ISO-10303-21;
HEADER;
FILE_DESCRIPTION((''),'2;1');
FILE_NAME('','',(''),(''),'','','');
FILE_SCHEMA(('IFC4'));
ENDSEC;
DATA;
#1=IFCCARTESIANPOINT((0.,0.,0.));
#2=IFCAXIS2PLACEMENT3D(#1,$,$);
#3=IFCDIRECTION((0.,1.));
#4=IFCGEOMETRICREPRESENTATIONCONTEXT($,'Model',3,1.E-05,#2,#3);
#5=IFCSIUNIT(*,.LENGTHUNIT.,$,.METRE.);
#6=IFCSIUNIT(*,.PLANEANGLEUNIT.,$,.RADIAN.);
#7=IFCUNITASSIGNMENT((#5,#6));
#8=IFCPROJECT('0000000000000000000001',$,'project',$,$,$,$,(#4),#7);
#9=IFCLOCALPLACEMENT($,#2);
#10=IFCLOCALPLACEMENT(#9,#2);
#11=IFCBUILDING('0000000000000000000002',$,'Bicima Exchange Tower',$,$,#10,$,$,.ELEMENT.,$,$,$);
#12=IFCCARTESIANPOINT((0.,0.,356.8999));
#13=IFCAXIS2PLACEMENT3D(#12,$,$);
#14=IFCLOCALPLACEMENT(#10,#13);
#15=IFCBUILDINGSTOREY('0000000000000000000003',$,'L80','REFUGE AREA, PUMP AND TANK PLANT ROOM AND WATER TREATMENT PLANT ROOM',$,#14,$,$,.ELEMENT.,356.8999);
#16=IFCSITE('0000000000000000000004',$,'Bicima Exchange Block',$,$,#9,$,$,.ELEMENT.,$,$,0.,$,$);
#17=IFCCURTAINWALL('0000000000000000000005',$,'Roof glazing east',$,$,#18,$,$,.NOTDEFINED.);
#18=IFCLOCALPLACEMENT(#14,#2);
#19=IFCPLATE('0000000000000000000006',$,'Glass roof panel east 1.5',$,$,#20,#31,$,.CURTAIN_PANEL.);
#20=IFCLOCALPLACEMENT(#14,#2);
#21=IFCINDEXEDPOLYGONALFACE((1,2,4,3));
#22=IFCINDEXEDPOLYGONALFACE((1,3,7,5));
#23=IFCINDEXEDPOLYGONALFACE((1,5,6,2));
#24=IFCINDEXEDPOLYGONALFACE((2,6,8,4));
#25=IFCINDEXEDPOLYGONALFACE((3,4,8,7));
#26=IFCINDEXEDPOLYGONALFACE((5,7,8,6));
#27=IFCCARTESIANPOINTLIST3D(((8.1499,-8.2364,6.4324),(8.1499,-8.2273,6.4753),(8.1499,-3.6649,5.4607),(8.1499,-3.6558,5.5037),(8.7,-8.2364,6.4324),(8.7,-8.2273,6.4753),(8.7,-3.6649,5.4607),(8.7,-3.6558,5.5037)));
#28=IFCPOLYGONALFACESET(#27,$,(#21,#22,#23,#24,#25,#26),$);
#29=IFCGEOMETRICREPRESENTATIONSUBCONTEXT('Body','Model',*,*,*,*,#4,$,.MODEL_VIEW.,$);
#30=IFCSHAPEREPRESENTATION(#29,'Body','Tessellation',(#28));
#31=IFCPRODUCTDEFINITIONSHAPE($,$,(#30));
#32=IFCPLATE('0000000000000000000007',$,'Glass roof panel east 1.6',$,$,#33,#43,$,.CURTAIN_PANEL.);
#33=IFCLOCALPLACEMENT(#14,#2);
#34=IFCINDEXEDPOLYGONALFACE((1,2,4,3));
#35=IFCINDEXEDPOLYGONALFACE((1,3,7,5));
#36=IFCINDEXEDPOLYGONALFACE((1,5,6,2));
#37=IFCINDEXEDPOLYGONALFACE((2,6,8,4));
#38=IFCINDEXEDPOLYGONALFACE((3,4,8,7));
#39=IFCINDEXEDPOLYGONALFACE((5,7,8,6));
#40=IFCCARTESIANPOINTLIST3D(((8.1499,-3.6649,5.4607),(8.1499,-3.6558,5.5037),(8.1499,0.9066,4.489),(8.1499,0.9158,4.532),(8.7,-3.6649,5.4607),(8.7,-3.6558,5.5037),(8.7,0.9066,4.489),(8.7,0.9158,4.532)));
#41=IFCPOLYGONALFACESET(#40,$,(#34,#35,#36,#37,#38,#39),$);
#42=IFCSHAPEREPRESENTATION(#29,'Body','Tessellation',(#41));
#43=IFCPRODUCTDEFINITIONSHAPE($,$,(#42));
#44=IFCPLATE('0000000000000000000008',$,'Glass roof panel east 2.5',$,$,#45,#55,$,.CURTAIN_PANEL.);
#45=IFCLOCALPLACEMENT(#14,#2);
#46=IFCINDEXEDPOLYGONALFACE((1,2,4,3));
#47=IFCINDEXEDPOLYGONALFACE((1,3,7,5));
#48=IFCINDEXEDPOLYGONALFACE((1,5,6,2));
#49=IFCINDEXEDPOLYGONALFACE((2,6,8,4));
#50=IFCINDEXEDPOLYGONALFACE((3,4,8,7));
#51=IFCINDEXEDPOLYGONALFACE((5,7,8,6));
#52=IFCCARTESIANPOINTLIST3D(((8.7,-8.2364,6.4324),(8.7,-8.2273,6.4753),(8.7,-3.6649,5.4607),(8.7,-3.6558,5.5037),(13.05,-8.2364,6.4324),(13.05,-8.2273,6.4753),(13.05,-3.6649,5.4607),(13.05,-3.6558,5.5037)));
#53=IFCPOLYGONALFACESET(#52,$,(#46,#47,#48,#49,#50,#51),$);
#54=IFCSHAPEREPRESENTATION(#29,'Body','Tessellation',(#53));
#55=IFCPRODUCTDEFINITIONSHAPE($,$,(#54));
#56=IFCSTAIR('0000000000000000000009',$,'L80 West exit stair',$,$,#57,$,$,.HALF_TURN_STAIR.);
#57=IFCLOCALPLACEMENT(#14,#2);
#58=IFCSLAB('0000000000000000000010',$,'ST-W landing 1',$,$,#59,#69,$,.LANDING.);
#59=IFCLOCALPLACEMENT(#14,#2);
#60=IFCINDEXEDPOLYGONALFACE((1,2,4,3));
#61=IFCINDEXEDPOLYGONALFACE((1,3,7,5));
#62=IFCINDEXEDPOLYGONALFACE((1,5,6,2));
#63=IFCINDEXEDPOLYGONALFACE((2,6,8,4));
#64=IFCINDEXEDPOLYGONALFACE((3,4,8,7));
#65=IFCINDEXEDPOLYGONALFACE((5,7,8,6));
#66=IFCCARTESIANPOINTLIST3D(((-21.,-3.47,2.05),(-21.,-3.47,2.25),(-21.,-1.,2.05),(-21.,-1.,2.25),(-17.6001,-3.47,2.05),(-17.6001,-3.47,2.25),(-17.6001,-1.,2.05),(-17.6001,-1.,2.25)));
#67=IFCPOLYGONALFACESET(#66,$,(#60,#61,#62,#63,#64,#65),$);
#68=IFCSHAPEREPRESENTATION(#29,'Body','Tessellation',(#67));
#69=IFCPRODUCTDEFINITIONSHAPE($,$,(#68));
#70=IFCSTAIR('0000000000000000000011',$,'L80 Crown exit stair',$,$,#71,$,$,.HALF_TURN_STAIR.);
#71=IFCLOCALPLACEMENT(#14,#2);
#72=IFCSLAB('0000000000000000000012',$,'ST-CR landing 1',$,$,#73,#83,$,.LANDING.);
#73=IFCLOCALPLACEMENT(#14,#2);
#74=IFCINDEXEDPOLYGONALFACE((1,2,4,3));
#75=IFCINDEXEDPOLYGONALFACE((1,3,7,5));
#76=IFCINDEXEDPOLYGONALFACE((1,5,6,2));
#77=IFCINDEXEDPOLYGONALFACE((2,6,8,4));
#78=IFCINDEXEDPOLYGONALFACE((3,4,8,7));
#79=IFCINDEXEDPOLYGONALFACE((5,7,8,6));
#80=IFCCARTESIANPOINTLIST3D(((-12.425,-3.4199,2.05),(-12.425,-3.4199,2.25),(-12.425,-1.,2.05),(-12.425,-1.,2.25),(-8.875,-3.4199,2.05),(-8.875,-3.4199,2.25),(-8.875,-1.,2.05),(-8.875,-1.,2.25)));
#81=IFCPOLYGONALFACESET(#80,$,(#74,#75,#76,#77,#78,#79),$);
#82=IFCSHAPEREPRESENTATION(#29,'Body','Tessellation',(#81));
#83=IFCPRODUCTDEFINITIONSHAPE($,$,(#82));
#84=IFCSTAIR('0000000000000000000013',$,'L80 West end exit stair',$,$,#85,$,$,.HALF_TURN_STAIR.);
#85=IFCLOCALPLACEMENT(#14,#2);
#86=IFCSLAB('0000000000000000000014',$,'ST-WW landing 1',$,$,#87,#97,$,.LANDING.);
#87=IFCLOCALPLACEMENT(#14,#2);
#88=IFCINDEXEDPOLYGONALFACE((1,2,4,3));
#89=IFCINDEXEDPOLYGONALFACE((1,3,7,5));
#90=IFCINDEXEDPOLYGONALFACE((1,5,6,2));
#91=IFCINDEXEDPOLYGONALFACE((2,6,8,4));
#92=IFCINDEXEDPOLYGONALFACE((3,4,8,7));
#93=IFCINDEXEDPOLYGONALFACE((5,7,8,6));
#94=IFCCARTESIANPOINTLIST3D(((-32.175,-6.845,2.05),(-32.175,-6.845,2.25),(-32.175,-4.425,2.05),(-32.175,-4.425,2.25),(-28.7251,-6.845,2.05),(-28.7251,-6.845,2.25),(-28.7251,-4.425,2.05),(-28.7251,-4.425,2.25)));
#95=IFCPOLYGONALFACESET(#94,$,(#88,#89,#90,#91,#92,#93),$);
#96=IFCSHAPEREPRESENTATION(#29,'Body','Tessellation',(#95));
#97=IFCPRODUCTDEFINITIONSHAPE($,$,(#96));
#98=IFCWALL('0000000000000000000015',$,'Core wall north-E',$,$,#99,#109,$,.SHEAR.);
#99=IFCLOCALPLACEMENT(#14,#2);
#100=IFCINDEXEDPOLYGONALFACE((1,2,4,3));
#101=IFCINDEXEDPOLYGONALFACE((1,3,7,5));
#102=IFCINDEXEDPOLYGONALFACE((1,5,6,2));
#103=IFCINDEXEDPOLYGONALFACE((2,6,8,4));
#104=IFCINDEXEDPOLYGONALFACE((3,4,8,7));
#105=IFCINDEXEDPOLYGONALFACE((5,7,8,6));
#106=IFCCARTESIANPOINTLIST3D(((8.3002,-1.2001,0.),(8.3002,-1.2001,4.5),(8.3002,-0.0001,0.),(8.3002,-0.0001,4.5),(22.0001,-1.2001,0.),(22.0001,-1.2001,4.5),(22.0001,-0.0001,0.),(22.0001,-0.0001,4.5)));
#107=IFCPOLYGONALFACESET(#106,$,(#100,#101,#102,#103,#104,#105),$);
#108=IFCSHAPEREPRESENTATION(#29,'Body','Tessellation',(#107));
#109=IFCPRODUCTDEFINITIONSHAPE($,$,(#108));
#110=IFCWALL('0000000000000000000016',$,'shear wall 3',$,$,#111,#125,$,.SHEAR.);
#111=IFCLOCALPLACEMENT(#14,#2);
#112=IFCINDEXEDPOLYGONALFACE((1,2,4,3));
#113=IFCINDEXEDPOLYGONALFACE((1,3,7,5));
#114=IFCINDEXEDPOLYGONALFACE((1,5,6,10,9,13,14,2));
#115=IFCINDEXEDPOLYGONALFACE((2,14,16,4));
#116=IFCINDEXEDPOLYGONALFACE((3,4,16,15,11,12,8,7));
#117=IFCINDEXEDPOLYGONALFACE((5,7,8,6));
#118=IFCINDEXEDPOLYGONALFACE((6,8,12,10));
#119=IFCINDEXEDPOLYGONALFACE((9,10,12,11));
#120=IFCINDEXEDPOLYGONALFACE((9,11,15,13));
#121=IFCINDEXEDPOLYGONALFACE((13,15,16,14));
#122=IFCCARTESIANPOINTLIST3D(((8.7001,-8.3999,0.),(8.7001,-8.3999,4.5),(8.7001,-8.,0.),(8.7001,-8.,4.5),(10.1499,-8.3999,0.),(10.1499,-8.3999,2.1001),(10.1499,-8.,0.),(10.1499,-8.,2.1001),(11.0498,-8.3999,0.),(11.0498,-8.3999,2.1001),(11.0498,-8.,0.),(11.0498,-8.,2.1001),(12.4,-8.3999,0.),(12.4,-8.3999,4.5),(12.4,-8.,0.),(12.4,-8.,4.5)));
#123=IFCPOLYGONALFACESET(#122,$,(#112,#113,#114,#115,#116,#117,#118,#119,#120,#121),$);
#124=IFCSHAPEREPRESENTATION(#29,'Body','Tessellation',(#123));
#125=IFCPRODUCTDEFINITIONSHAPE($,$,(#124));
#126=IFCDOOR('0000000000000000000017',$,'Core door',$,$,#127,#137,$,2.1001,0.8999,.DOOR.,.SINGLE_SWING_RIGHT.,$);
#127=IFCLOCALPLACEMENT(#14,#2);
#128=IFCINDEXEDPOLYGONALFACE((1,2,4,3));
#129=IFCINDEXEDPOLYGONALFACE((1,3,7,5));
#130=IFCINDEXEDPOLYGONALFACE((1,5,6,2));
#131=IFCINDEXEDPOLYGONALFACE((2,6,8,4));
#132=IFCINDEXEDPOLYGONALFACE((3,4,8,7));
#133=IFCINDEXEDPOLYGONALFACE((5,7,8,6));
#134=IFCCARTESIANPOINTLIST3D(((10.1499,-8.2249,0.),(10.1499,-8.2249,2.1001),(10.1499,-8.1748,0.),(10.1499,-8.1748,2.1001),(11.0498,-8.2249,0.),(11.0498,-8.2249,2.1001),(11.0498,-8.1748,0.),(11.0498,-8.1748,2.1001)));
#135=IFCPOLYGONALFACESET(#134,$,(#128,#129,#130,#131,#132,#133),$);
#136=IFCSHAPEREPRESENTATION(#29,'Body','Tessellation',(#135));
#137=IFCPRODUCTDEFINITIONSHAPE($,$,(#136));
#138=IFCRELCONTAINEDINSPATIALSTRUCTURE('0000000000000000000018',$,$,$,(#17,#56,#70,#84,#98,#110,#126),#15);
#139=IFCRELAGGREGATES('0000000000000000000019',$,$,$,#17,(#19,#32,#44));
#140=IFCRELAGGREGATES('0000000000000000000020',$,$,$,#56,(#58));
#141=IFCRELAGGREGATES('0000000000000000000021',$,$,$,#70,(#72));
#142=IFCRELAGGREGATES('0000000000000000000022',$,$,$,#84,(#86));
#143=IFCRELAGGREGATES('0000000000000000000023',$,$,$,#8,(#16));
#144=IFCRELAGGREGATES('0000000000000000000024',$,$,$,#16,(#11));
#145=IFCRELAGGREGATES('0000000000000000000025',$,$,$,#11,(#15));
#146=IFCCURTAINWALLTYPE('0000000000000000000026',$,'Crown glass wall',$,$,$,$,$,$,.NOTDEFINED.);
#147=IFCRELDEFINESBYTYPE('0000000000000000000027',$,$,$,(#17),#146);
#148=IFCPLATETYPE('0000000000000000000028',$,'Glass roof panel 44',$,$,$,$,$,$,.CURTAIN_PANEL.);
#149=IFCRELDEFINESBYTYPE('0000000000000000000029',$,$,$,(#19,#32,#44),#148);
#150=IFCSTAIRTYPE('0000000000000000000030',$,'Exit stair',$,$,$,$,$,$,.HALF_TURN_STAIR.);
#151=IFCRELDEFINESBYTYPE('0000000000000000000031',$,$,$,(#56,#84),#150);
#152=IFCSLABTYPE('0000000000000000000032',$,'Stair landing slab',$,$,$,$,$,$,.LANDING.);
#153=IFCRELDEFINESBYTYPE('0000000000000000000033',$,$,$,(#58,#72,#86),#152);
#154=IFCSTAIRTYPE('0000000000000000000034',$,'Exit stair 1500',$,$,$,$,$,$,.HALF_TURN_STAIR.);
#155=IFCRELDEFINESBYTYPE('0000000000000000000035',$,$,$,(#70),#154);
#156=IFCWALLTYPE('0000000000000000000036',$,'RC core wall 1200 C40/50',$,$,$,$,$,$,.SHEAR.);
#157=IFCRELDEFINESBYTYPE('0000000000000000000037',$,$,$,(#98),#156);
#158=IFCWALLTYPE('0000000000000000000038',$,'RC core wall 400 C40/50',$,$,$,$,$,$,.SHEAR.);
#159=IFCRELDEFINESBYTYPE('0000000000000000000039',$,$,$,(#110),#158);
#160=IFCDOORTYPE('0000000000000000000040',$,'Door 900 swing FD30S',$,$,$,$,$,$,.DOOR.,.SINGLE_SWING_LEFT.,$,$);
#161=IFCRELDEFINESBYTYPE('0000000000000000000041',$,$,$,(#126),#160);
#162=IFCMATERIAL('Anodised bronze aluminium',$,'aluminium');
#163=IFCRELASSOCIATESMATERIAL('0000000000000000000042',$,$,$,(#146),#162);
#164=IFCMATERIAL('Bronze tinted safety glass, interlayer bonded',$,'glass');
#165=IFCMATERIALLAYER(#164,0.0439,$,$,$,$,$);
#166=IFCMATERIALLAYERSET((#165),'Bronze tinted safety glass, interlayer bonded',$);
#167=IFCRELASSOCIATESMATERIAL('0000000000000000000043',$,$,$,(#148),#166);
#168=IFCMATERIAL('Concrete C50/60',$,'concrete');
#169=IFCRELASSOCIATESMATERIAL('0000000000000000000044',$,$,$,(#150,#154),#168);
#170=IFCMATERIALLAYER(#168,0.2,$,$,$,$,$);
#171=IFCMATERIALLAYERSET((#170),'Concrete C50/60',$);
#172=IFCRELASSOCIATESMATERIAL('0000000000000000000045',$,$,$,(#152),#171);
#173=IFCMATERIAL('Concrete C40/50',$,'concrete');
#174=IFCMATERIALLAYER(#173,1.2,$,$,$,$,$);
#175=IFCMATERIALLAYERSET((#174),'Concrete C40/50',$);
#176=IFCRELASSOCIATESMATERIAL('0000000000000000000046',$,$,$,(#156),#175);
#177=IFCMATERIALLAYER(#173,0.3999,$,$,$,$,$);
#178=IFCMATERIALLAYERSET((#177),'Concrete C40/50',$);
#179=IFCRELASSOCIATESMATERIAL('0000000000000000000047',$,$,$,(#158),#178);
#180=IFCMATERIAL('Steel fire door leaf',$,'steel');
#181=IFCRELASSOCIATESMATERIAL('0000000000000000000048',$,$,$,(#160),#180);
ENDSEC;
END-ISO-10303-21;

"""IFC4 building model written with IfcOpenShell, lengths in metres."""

from ifc_helpers import new_model, si_unit, direction, frame, frame_2d, origin, place, context, subcontext, project, spatial, polyline, rectangle, outline, extrude, material, layer, layer_set, type_object, element, fill, aggregate, save


model = new_model("IFC4")

# Units and contexts
model_context = context("Model", 3, precision=1e-05, world=origin(), true_north=direction((0.0, 1.0)))
body_context = subcontext(model_context, "Body", "Model", "MODEL_VIEW")
ifc_project = project(units=[si_unit("LENGTHUNIT", "METRE"), si_unit("PLANEANGLEUNIT", "RADIAN")], contexts=[model_context])

# Site, building, storey
site_placement = place(None, origin())
site = spatial("IfcSite", under=ifc_project, at=site_placement, Name="Bicima Exchange Block", CompositionType="ELEMENT", RefElevation=0.0)
building_placement = place(site_placement, origin())
building = spatial("IfcBuilding", under=site, at=building_placement, Name="Bicima Exchange Tower", CompositionType="ELEMENT")
storey_placement = place(building_placement, frame((0.0, 0.0, 356.8999)))
storey = spatial("IfcBuildingStorey", under=building, at=storey_placement, Name="L80", Description="REFUGE AREA, PUMP AND TANK PLANT ROOM AND WATER TREATMENT PLANT ROOM", CompositionType="ELEMENT", Elevation=356.8999)

# Shared definitions
ifc_material_1 = material(Name="Anodised bronze aluminium", Category="aluminium")
curtain_wall_type = type_object("IfcCurtainWallType", Name="Crown glass wall", PredefinedType="NOTDEFINED", material=ifc_material_1)

# Curtain wall
curtain_wall_1_placement = place(storey_placement, origin())
curtain_wall_1 = element("IfcCurtainWall", 1, at=curtain_wall_1_placement, inside=storey, type_object=curtain_wall_type, Name="Roof glazing east", PredefinedType="NOTDEFINED")

# Shared definitions
ifc_material_2 = material(Name="Concrete C40/50", Category="concrete")

# Plates
ifc_material_3 = material(Name="Bronze tinted safety glass, interlayer bonded", Category="glass")
ifc_layer_1 = layer(ifc_material_3, 0.0439)
ifc_layer_set_1 = layer_set([ifc_layer_1], Name="Bronze tinted safety glass, interlayer bonded")
plate_type_1 = type_object("IfcPlateType", Name="Glass roof panel 44", PredefinedType="CURTAIN_PANEL", material=ifc_layer_set_1)
plate_1_placement = place(storey_placement, frame((8.1499, -3.6558, 5.5037), z_axis=(0.0, 0.207906, 0.978149), x_axis=(1.0, 0.0, 0.0)))
plate_1 = element("IfcPlate", 2, at=plate_1_placement, type_object=plate_type_1, Name="Glass roof panel east 1.5", PredefinedType="CURTAIN_PANEL", context=body_context, shape_type="SweptSolid", body=[
    extrude(outline(polyline([(0.0, 0.0), (0.55, 0.0), (0.55, -4.6737), (0.0, -4.6737), (0.0, 0.0)])), origin(), (0.0, 0.0, -1.0), 0.0439),
])
plate_2_placement = place(storey_placement, frame((8.7, 0.9158, 4.532), z_axis=(0.0, 0.207906, 0.978149), x_axis=(0.0, -0.978149, 0.207906)))
plate_2 = element("IfcPlate", 3, at=plate_2_placement, type_object=plate_type_1, Name="Glass roof panel east 1.6", PredefinedType="CURTAIN_PANEL", context=body_context, shape_type="SweptSolid", body=[
    extrude(outline(polyline([(0.0, 0.0), (4.6737, 0.0), (4.6737, -0.55), (0.0, -0.55), (0.0, 0.0)])), origin(), (0.0, 0.0, -1.0), 0.0439),
])
plate_3_placement = place(storey_placement, frame((8.7, -8.2273, 6.4753), z_axis=(0.0, 0.207906, 0.978149), x_axis=(0.0, 0.978149, -0.207906)))
plate_3 = element("IfcPlate", 4, at=plate_3_placement, type_object=plate_type_1, Name="Glass roof panel east 2.5", PredefinedType="CURTAIN_PANEL", context=body_context, shape_type="SweptSolid", body=[
    extrude(outline(polyline([(0.0, 0.0), (4.6737, 0.0), (4.6737, -4.3501), (0.0, -4.3501), (0.0, 0.0)])), origin(), (0.0, 0.0, -1.0), 0.0439),
])
aggregate(curtain_wall_1, [plate_1, plate_2, plate_3])

# Stairs, slabs
ifc_material_4 = material(Name="Concrete C50/60", Category="concrete")
stair_type_1 = type_object("IfcStairType", Name="Exit stair", PredefinedType="HALF_TURN_STAIR", material=ifc_material_4)
stair_1_placement = place(storey_placement, origin())
stair_1 = element("IfcStair", 5, at=stair_1_placement, inside=storey, type_object=stair_type_1, Name="L80 West exit stair", PredefinedType="HALF_TURN_STAIR")
ifc_layer_2 = layer(ifc_material_4, 0.2)
ifc_layer_set_2 = layer_set([ifc_layer_2], Name="Concrete C50/60")
slab_type_1 = type_object("IfcSlabType", Name="Stair landing slab", PredefinedType="LANDING", material=ifc_layer_set_2)
slab_1_placement = place(storey_placement, frame((0.0, 0.0, 2.05)))
slab_1 = element("IfcSlab", 6, at=slab_1_placement, type_object=slab_type_1, Name="ST-W landing 1", PredefinedType="LANDING", context=body_context, shape_type="SweptSolid", body=[
    extrude(outline(polyline([(-17.6001, -3.47), (-17.6001, -1.0), (-21.0, -1.0), (-21.0, -3.47), (-17.6001, -3.47)])), origin(), (0.0, 0.0, 1.0), 0.2),
])
aggregate(stair_1, [slab_1])
stair_type_2 = type_object("IfcStairType", Name="Exit stair 1500", PredefinedType="HALF_TURN_STAIR", material=ifc_material_4)
stair_2_placement = place(storey_placement, origin())
stair_2 = element("IfcStair", 7, at=stair_2_placement, inside=storey, type_object=stair_type_2, Name="L80 Crown exit stair", PredefinedType="HALF_TURN_STAIR")
slab_2_placement = place(storey_placement, frame((0.0, 0.0, 2.05)))
slab_2 = element("IfcSlab", 8, at=slab_2_placement, type_object=slab_type_1, Name="ST-CR landing 1", PredefinedType="LANDING", context=body_context, shape_type="SweptSolid", body=[
    extrude(outline(polyline([(-8.875, -3.4199), (-8.875, -1.0), (-12.425, -1.0), (-12.425, -3.4199), (-8.875, -3.4199)])), origin(), (0.0, 0.0, 1.0), 0.2),
])
aggregate(stair_2, [slab_2])
stair_3_placement = place(storey_placement, origin())
stair_3 = element("IfcStair", 9, at=stair_3_placement, inside=storey, type_object=stair_type_1, Name="L80 West end exit stair", PredefinedType="HALF_TURN_STAIR")
slab_3_placement = place(storey_placement, frame((0.0, 0.0, 2.05)))
slab_3 = element("IfcSlab", 10, at=slab_3_placement, type_object=slab_type_1, Name="ST-WW landing 1", PredefinedType="LANDING", context=body_context, shape_type="SweptSolid", body=[
    extrude(outline(polyline([(-28.7251, -6.845), (-28.7251, -4.425), (-32.175, -4.425), (-32.175, -6.845), (-28.7251, -6.845)])), origin(), (0.0, 0.0, 1.0), 0.2),
])
aggregate(stair_3, [slab_3])

# Wall
ifc_layer_3 = layer(ifc_material_2, 1.2)
ifc_layer_set_3 = layer_set([ifc_layer_3], Name="Concrete C40/50")
wall_type_1 = type_object("IfcWallType", Name="RC core wall 1200 C40/50", PredefinedType="SHEAR", material=ifc_layer_set_3)
wall_1_placement = place(storey_placement, frame((8.3, -0.6001, 0.0), z_axis=(0.0, 0.0, 1.0), x_axis=(1.0, 0.0, 0.0)))
element("IfcWall", 11, at=wall_1_placement, inside=storey, type_object=wall_type_1, Name="Core wall north-E", PredefinedType="SHEAR", context=body_context, shape_type="SweptSolid", body=[
    extrude(rectangle(XDim=13.7, YDim=1.2, at=frame_2d((6.8501, 0.0))), origin(), (0.0, 0.0, 1.0), 4.5),
])

# Wall, opening, door
ifc_layer_4 = layer(ifc_material_2, 0.3999)
ifc_layer_set_4 = layer_set([ifc_layer_4], Name="Concrete C40/50")
wall_type_2 = type_object("IfcWallType", Name="RC core wall 400 C40/50", PredefinedType="SHEAR", material=ifc_layer_set_4)
wall_2_placement = place(storey_placement, frame((8.7, -8.2, 0.0), z_axis=(0.0, 0.0, 1.0), x_axis=(1.0, 0.0, 0.0)))
wall_2 = element("IfcWall", 12, at=wall_2_placement, inside=storey, type_object=wall_type_2, Name="shear wall 3", PredefinedType="SHEAR", context=body_context, shape_type="SweptSolid", body=[
    extrude(rectangle(XDim=3.7, YDim=0.3999, at=frame_2d((1.8501, 0.0))), origin(), (0.0, 0.0, 1.0), 4.5),
])
opening_placement = place(wall_2_placement, frame((1.45, 0.0, 0.0)))
opening = element("IfcOpeningElement", 13, at=opening_placement, cuts=wall_2, PredefinedType="OPENING", context=body_context, shape_type="SweptSolid", body=[
    extrude(rectangle(XDim=0.8999, YDim=2.1001, at=frame_2d((0.45, 1.05))), frame((0.0, 0.2119, 0.0), z_axis=(0.0, -1.0, 0.0), x_axis=(1.0, 0.0, 0.0)), (0.0, 0.0, 1.0), 0.4238),
])
ifc_material_5 = material(Name="Steel fire door leaf", Category="steel")
door_type = type_object("IfcDoorType", Name="Door 900 swing FD30S", OperationType="SINGLE_SWING_LEFT", PredefinedType="DOOR", material=ifc_material_5)
door_placement = place(opening_placement, frame((0.8999, 0.0, 0.0), z_axis=(0.0, 0.0, 1.0), x_axis=(-1.0, 0.0, 0.0)))
door = element("IfcDoor", 14, at=door_placement, inside=storey, type_object=door_type, Name="Core door", OperationType="SINGLE_SWING_RIGHT", OverallHeight=2.1001, OverallWidth=0.8999, PredefinedType="DOOR", context=body_context, shape_type="SweptSolid", body=[
    extrude(rectangle(XDim=0.8999, YDim=2.1001, at=frame_2d((0.45, 1.05))), frame((0.0, 0.0249, 0.0), z_axis=(0.0, -1.0, 0.0), x_axis=(1.0, 0.0, 0.0)), (0.0, 0.0, 1.0), 0.05),
])
fill(opening, door)

save(model, "model.ifc")
